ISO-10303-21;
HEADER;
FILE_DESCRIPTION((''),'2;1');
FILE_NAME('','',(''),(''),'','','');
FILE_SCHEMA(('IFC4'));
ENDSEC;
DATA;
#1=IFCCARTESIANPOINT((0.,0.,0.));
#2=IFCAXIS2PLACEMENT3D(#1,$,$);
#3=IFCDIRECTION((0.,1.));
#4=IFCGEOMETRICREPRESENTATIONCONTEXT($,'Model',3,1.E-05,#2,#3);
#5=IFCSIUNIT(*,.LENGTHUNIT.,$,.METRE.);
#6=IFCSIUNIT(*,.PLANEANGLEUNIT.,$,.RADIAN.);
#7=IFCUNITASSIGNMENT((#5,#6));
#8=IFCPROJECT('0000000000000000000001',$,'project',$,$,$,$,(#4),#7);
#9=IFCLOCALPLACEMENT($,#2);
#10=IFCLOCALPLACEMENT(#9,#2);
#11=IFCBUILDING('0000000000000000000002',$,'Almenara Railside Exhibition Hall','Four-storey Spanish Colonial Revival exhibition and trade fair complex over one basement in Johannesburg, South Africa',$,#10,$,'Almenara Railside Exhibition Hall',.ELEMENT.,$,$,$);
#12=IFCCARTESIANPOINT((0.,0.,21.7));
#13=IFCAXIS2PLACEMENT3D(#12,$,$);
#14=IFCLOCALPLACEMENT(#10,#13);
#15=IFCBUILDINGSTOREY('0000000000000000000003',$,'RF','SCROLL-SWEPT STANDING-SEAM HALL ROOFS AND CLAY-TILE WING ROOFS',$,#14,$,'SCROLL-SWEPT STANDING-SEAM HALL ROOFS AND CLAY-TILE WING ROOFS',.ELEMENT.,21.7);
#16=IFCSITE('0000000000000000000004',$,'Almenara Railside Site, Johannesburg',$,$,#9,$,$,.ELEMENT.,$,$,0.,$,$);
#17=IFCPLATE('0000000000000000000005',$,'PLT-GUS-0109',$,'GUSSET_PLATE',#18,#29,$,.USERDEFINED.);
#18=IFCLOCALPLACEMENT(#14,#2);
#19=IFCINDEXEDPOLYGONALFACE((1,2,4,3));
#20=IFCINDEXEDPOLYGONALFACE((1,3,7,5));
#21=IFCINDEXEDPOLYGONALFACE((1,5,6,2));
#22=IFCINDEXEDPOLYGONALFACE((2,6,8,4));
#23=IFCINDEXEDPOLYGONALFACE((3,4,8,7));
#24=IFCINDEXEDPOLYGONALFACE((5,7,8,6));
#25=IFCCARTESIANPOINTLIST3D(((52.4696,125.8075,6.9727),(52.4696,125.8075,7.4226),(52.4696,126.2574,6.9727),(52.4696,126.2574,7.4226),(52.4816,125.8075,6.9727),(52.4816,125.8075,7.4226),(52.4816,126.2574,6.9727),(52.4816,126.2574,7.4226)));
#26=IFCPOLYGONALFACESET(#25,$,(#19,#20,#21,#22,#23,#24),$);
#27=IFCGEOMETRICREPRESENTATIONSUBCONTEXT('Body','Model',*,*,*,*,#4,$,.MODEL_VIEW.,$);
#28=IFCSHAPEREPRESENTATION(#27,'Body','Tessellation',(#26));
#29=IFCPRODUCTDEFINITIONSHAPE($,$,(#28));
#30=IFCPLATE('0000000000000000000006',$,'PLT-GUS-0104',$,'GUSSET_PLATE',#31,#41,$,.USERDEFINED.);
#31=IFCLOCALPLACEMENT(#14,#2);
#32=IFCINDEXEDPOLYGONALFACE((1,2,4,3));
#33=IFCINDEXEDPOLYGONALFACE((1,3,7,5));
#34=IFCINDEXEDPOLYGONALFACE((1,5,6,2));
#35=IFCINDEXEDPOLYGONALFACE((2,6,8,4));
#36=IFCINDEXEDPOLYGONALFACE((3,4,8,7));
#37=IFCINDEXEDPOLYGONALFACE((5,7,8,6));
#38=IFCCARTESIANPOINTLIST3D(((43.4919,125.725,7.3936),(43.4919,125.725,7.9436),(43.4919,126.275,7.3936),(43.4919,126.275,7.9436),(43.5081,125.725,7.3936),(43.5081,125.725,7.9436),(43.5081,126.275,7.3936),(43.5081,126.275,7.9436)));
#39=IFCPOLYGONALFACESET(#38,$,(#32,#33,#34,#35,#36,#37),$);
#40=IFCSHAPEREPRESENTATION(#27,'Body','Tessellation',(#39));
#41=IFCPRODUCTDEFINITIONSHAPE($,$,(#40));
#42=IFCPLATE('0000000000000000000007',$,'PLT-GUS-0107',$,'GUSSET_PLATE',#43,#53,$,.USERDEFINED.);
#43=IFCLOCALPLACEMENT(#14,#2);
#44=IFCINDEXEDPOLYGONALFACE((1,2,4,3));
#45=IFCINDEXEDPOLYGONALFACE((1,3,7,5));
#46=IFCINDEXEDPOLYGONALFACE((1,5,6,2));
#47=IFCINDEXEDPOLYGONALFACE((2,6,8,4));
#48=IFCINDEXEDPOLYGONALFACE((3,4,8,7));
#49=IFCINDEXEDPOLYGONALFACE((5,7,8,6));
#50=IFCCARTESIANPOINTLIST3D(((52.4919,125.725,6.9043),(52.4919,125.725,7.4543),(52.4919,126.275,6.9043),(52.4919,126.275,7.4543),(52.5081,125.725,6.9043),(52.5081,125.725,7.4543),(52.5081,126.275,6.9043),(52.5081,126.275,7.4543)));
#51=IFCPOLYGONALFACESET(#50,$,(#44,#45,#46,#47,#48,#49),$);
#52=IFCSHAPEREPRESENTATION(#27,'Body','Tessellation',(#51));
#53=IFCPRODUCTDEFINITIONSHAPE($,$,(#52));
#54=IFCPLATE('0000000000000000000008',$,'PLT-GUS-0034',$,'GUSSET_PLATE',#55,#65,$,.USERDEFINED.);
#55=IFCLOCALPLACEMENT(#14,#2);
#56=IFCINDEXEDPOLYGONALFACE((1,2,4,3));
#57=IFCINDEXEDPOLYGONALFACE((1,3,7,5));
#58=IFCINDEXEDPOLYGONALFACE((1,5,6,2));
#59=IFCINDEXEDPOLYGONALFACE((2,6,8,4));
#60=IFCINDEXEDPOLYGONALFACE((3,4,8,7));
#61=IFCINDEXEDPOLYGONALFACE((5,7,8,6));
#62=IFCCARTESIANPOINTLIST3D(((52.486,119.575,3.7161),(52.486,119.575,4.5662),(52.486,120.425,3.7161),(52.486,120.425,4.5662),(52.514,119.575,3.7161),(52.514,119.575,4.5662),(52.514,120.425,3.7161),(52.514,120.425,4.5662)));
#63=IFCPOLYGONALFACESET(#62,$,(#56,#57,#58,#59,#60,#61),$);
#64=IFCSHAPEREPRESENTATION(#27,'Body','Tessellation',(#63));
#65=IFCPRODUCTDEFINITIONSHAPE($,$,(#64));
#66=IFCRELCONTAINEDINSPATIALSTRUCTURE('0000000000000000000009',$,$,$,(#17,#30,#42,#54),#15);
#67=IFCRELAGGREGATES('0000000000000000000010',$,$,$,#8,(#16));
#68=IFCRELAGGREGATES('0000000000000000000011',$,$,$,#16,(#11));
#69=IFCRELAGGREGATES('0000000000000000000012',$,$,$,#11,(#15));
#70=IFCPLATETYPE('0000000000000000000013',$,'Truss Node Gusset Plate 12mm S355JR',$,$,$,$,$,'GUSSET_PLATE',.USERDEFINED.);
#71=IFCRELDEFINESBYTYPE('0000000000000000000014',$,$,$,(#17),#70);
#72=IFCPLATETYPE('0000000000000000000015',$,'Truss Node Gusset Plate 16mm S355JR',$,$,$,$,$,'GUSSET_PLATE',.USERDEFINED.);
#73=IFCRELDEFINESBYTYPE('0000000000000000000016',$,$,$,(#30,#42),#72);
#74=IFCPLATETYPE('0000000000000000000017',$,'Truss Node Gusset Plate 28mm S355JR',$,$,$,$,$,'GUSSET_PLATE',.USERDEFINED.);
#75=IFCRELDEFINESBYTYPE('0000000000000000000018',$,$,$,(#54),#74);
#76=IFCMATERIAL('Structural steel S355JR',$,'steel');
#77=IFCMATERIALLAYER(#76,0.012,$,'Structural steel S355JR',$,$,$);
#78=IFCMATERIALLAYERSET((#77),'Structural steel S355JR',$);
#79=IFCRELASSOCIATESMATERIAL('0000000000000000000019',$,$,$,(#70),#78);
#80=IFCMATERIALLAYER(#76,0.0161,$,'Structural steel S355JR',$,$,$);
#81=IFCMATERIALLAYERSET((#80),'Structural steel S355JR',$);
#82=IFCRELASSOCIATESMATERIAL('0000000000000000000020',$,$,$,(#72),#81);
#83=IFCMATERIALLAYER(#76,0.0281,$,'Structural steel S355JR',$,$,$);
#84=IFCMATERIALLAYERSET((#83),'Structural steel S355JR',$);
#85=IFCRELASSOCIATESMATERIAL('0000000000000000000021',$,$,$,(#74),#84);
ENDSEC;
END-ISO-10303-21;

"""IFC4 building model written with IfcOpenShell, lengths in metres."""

from ifc_helpers import new_model, si_unit, direction, frame, origin, origin_2d, place, context, subcontext, project, spatial, rectangle, extrude, material, layer, layer_set, type_object, element, save


model = new_model("IFC4")

# Units and contexts
model_context = context("Model", 3, precision=1e-05, world=origin(), true_north=direction((0.0, 1.0)))
body_context = subcontext(model_context, "Body", "Model", "MODEL_VIEW")
ifc_project = project(units=[si_unit("LENGTHUNIT", "METRE"), si_unit("PLANEANGLEUNIT", "RADIAN")], contexts=[model_context])

# Site, building, storey
site_placement = place(None, origin())
site = spatial("IfcSite", under=ifc_project, at=site_placement, Name="Almenara Railside Site, Johannesburg", CompositionType="ELEMENT", RefElevation=0.0)
building_placement = place(site_placement, origin())
building = spatial("IfcBuilding", under=site, at=building_placement, Name="Almenara Railside Exhibition Hall", Description="Four-storey Spanish Colonial Revival exhibition and trade fair complex over one basement in Johannesburg, South Africa", LongName="Almenara Railside Exhibition Hall", CompositionType="ELEMENT")
storey_placement = place(building_placement, frame((0.0, 0.0, 21.7)))
storey = spatial("IfcBuildingStorey", under=building, at=storey_placement, Name="RF", Description="SCROLL-SWEPT STANDING-SEAM HALL ROOFS AND CLAY-TILE WING ROOFS", LongName="SCROLL-SWEPT STANDING-SEAM HALL ROOFS AND CLAY-TILE WING ROOFS", CompositionType="ELEMENT", Elevation=21.7)

# Shared definitions
ifc_material_1 = material(Name="Structural steel S355JR", Category="steel")

# Plates
ifc_layer_1 = layer(ifc_material_1, 0.012, Name="Structural steel S355JR")
ifc_layer_set_1 = layer_set([ifc_layer_1], Name="Structural steel S355JR")
plate_type_1 = type_object("IfcPlateType", Name="Truss Node Gusset Plate 12mm S355JR", ElementType="GUSSET_PLATE", PredefinedType="USERDEFINED", material=ifc_layer_set_1)
for number, where, z_axis, x_axis, name in (
    (1, (52.4756, 126.0325, 6.9727), (0.0, 0.0, 1.0), (0.0, 1.0, 0.0), "PLT-GUS-0109"),
):
    element("IfcPlate", number, at=place(storey_placement, frame(where, z_axis=z_axis, x_axis=x_axis)), inside=storey, type_object=plate_type_1, Name=name, ObjectType="GUSSET_PLATE", PredefinedType="USERDEFINED", context=body_context, shape_type="SweptSolid", body=[
        extrude(rectangle(XDim=0.45, YDim=0.012, at=origin_2d()), origin(), (0.0, 0.0, 1.0), 0.45),
    ])
ifc_layer_2 = layer(ifc_material_1, 0.0161, Name="Structural steel S355JR")
ifc_layer_set_2 = layer_set([ifc_layer_2], Name="Structural steel S355JR")
plate_type_2 = type_object("IfcPlateType", Name="Truss Node Gusset Plate 16mm S355JR", ElementType="GUSSET_PLATE", PredefinedType="USERDEFINED", material=ifc_layer_set_2)
for number, where, z_axis, x_axis, name in (
    (2, (43.5, 126.0, 7.3936), (0.0, 0.0, 1.0), (0.0, 1.0, 0.0), "PLT-GUS-0104"),
    (3, (52.5, 126.0, 6.9043), (0.0, 0.0, 1.0), (0.0, 1.0, 0.0), "PLT-GUS-0107"),
):
    element("IfcPlate", number, at=place(storey_placement, frame(where, z_axis=z_axis, x_axis=x_axis)), inside=storey, type_object=plate_type_2, Name=name, ObjectType="GUSSET_PLATE", PredefinedType="USERDEFINED", context=body_context, shape_type="SweptSolid", body=[
        extrude(rectangle(XDim=0.55, YDim=0.0161, at=origin_2d()), origin(), (0.0, 0.0, 1.0), 0.55),
    ])
ifc_layer_3 = layer(ifc_material_1, 0.0281, Name="Structural steel S355JR")
ifc_layer_set_3 = layer_set([ifc_layer_3], Name="Structural steel S355JR")
plate_type_3 = type_object("IfcPlateType", Name="Truss Node Gusset Plate 28mm S355JR", ElementType="GUSSET_PLATE", PredefinedType="USERDEFINED", material=ifc_layer_set_3)
plate_placement = place(storey_placement, frame((52.5, 120.0, 3.7161), z_axis=(0.0, 0.0, 1.0), x_axis=(0.0, 1.0, 0.0)))
element("IfcPlate", 4, at=plate_placement, inside=storey, type_object=plate_type_3, Name="PLT-GUS-0034", ObjectType="GUSSET_PLATE", PredefinedType="USERDEFINED", context=body_context, shape_type="SweptSolid", body=[
    extrude(rectangle(XDim=0.8501, YDim=0.0281, at=origin_2d()), origin(), (0.0, 0.0, 1.0), 0.8501),
])

save(model, "model.ifc")
